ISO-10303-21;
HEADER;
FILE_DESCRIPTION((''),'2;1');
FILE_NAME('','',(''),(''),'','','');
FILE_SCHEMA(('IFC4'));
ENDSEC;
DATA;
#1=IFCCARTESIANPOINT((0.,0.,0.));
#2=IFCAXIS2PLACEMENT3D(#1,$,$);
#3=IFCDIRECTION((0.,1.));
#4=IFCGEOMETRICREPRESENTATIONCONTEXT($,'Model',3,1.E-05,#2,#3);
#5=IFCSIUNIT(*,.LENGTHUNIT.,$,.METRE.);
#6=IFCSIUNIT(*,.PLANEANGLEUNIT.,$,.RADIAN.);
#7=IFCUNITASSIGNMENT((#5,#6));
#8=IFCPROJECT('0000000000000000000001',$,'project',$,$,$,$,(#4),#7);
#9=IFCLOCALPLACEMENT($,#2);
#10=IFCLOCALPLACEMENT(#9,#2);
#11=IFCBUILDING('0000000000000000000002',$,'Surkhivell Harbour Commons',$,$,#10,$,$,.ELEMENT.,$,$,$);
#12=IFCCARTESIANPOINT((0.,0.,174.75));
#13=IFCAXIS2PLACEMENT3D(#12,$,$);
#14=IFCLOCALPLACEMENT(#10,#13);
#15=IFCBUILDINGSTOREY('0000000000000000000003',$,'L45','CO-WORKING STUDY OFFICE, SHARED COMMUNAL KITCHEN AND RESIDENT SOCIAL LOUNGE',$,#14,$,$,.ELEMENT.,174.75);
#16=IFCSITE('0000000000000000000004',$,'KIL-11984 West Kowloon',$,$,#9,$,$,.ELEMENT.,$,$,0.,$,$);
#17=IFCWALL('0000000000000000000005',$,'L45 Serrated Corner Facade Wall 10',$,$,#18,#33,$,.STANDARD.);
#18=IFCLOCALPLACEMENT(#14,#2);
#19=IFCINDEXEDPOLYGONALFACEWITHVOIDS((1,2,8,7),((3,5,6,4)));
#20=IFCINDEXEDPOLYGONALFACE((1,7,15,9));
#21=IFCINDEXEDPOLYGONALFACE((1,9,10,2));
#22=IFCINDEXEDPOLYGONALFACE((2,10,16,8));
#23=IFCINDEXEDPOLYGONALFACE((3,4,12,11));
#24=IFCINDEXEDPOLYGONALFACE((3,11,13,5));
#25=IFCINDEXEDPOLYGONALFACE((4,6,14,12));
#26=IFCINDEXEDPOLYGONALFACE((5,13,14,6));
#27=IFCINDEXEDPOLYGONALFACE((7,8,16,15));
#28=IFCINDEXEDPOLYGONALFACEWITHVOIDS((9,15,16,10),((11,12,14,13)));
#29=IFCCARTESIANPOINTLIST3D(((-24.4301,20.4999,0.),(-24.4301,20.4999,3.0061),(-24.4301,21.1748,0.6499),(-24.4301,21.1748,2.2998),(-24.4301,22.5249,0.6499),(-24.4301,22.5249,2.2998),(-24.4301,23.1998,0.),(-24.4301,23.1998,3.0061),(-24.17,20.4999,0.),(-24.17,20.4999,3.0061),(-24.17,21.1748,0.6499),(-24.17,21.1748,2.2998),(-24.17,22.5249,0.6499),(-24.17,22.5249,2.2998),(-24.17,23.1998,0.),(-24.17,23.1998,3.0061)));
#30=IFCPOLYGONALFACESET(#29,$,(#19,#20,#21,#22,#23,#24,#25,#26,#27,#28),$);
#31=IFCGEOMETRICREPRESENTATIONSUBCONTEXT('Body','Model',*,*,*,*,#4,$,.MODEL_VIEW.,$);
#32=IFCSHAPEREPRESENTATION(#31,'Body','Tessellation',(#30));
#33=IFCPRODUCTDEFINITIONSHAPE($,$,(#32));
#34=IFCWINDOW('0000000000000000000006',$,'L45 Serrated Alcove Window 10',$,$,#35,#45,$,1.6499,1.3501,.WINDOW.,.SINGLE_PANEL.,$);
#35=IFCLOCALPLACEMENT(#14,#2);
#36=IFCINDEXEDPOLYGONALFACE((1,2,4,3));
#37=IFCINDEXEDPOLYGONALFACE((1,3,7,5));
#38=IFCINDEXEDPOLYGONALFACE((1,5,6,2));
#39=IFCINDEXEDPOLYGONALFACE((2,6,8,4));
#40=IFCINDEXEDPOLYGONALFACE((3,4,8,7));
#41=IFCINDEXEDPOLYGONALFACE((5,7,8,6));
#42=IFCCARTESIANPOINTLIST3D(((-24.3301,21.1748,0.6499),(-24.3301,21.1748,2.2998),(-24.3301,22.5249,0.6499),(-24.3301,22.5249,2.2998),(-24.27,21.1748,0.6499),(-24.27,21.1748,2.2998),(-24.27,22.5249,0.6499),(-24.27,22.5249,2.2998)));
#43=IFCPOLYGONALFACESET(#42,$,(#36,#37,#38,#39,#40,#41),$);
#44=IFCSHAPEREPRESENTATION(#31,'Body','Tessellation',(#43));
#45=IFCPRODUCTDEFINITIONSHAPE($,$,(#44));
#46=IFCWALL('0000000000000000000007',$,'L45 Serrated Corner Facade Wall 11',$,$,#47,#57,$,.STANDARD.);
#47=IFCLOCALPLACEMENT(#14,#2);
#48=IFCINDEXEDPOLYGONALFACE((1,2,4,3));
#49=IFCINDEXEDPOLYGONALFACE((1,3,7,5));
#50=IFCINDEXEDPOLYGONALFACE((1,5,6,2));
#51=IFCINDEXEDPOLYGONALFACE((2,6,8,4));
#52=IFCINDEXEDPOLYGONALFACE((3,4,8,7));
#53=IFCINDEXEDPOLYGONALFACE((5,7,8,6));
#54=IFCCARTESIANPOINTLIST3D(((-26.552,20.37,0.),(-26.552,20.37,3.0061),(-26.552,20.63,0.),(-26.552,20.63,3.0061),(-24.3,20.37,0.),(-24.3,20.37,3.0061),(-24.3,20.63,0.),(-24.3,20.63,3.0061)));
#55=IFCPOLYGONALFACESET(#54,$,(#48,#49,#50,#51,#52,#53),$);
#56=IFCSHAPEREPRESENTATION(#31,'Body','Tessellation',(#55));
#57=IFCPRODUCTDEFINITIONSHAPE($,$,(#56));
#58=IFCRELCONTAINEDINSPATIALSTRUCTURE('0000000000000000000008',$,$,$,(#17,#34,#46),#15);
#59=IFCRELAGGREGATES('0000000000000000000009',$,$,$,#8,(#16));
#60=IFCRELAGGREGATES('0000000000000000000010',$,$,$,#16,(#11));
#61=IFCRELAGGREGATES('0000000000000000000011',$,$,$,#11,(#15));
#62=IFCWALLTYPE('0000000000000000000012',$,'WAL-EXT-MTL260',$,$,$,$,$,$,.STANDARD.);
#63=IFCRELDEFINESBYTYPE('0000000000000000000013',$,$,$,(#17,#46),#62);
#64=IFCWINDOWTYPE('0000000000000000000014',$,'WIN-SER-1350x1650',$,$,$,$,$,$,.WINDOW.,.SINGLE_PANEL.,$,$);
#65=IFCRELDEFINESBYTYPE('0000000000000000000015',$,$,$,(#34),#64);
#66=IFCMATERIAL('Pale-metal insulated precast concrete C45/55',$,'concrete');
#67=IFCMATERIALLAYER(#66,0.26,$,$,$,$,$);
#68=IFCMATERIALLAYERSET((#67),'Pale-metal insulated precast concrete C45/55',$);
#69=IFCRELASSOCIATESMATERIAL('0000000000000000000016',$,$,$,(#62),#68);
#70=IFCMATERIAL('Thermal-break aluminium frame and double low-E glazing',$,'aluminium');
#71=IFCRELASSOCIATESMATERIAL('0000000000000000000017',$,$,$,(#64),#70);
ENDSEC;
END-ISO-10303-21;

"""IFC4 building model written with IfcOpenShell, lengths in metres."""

from ifc_helpers import new_model, si_unit, direction, frame, frame_2d, origin, place, context, subcontext, project, spatial, rectangle, extrude, material, layer, layer_set, type_object, element, fill, save


model = new_model("IFC4")

# Units and contexts
model_context = context("Model", 3, precision=1e-05, world=origin(), true_north=direction((0.0, 1.0)))
body_context = subcontext(model_context, "Body", "Model", "MODEL_VIEW")
ifc_project = project(units=[si_unit("LENGTHUNIT", "METRE"), si_unit("PLANEANGLEUNIT", "RADIAN")], contexts=[model_context])

# Site, building, storey
site_placement = place(None, origin())
site = spatial("IfcSite", under=ifc_project, at=site_placement, Name="KIL-11984 West Kowloon", CompositionType="ELEMENT", RefElevation=0.0)
building_placement = place(site_placement, origin())
building = spatial("IfcBuilding", under=site, at=building_placement, Name="Surkhivell Harbour Commons", CompositionType="ELEMENT")
storey_placement = place(building_placement, frame((0.0, 0.0, 174.75)))
storey = spatial("IfcBuildingStorey", under=building, at=storey_placement, Name="L45", Description="CO-WORKING STUDY OFFICE, SHARED COMMUNAL KITCHEN AND RESIDENT SOCIAL LOUNGE", CompositionType="ELEMENT", Elevation=174.75)

# Shared definitions
ifc_material_1 = material(Name="Pale-metal insulated precast concrete C45/55", Category="concrete")
ifc_layer_1 = layer(ifc_material_1, 0.26)
ifc_layer_set_1 = layer_set([ifc_layer_1], Name="Pale-metal insulated precast concrete C45/55")
wall_type = type_object("IfcWallType", Name="WAL-EXT-MTL260", PredefinedType="STANDARD", material=ifc_layer_set_1)

# Wall, opening, window
wall_1_placement = place(storey_placement, frame((-24.3, 23.2, 0.0), z_axis=(0.0, 0.0, 1.0), x_axis=(0.0, -1.0, 0.0)))
wall_1 = element("IfcWall", 1, at=wall_1_placement, inside=storey, type_object=wall_type, Name="L45 Serrated Corner Facade Wall 10", PredefinedType="STANDARD", context=body_context, shape_type="SweptSolid", body=[
    extrude(rectangle(XDim=2.7, YDim=0.26, at=frame_2d((1.3501, 0.0))), origin(), (0.0, 0.0, 1.0), 3.0061),
])
opening_placement = place(wall_1_placement, frame((0.675, 0.0, 0.6499)))
opening = element("IfcOpeningElement", 2, at=opening_placement, cuts=wall_1, PredefinedType="OPENING", context=body_context, shape_type="SweptSolid", body=[
    extrude(rectangle(XDim=1.3501, YDim=1.6499, at=frame_2d((0.675, 0.825))), frame((0.0, 0.1399, 0.0), z_axis=(0.0, -1.0, 0.0), x_axis=(1.0, 0.0, 0.0)), (0.0, 0.0, 1.0), 0.28),
])
ifc_material_2 = material(Name="Thermal-break aluminium frame and double low-E glazing", Category="aluminium")
window_type = type_object("IfcWindowType", Name="WIN-SER-1350x1650", PartitioningType="SINGLE_PANEL", PredefinedType="WINDOW", material=ifc_material_2)
window_placement = place(opening_placement, origin())
window = element("IfcWindow", 3, at=window_placement, inside=storey, type_object=window_type, Name="L45 Serrated Alcove Window 10", OverallHeight=1.6499, OverallWidth=1.3501, PartitioningType="SINGLE_PANEL", PredefinedType="WINDOW", context=body_context, shape_type="SweptSolid", body=[
    extrude(rectangle(XDim=1.3501, YDim=1.6499, at=frame_2d((0.675, 0.825))), frame((0.0, 0.03, 0.0), z_axis=(0.0, -1.0, 0.0), x_axis=(1.0, 0.0, 0.0)), (0.0, 0.0, 1.0), 0.0601),
])
fill(opening, window)

# Wall
wall_2_placement = place(storey_placement, frame((-24.3, 20.5, 0.0), z_axis=(0.0, 0.0, 1.0), x_axis=(-1.0, 0.0, 0.0)))
element("IfcWall", 4, at=wall_2_placement, inside=storey, type_object=wall_type, Name="L45 Serrated Corner Facade Wall 11", PredefinedType="STANDARD", context=body_context, shape_type="SweptSolid", body=[
    extrude(rectangle(XDim=2.252, YDim=0.26, at=frame_2d((1.126, 0.0))), origin(), (0.0, 0.0, 1.0), 3.0061),
])

save(model, "model.ifc")
